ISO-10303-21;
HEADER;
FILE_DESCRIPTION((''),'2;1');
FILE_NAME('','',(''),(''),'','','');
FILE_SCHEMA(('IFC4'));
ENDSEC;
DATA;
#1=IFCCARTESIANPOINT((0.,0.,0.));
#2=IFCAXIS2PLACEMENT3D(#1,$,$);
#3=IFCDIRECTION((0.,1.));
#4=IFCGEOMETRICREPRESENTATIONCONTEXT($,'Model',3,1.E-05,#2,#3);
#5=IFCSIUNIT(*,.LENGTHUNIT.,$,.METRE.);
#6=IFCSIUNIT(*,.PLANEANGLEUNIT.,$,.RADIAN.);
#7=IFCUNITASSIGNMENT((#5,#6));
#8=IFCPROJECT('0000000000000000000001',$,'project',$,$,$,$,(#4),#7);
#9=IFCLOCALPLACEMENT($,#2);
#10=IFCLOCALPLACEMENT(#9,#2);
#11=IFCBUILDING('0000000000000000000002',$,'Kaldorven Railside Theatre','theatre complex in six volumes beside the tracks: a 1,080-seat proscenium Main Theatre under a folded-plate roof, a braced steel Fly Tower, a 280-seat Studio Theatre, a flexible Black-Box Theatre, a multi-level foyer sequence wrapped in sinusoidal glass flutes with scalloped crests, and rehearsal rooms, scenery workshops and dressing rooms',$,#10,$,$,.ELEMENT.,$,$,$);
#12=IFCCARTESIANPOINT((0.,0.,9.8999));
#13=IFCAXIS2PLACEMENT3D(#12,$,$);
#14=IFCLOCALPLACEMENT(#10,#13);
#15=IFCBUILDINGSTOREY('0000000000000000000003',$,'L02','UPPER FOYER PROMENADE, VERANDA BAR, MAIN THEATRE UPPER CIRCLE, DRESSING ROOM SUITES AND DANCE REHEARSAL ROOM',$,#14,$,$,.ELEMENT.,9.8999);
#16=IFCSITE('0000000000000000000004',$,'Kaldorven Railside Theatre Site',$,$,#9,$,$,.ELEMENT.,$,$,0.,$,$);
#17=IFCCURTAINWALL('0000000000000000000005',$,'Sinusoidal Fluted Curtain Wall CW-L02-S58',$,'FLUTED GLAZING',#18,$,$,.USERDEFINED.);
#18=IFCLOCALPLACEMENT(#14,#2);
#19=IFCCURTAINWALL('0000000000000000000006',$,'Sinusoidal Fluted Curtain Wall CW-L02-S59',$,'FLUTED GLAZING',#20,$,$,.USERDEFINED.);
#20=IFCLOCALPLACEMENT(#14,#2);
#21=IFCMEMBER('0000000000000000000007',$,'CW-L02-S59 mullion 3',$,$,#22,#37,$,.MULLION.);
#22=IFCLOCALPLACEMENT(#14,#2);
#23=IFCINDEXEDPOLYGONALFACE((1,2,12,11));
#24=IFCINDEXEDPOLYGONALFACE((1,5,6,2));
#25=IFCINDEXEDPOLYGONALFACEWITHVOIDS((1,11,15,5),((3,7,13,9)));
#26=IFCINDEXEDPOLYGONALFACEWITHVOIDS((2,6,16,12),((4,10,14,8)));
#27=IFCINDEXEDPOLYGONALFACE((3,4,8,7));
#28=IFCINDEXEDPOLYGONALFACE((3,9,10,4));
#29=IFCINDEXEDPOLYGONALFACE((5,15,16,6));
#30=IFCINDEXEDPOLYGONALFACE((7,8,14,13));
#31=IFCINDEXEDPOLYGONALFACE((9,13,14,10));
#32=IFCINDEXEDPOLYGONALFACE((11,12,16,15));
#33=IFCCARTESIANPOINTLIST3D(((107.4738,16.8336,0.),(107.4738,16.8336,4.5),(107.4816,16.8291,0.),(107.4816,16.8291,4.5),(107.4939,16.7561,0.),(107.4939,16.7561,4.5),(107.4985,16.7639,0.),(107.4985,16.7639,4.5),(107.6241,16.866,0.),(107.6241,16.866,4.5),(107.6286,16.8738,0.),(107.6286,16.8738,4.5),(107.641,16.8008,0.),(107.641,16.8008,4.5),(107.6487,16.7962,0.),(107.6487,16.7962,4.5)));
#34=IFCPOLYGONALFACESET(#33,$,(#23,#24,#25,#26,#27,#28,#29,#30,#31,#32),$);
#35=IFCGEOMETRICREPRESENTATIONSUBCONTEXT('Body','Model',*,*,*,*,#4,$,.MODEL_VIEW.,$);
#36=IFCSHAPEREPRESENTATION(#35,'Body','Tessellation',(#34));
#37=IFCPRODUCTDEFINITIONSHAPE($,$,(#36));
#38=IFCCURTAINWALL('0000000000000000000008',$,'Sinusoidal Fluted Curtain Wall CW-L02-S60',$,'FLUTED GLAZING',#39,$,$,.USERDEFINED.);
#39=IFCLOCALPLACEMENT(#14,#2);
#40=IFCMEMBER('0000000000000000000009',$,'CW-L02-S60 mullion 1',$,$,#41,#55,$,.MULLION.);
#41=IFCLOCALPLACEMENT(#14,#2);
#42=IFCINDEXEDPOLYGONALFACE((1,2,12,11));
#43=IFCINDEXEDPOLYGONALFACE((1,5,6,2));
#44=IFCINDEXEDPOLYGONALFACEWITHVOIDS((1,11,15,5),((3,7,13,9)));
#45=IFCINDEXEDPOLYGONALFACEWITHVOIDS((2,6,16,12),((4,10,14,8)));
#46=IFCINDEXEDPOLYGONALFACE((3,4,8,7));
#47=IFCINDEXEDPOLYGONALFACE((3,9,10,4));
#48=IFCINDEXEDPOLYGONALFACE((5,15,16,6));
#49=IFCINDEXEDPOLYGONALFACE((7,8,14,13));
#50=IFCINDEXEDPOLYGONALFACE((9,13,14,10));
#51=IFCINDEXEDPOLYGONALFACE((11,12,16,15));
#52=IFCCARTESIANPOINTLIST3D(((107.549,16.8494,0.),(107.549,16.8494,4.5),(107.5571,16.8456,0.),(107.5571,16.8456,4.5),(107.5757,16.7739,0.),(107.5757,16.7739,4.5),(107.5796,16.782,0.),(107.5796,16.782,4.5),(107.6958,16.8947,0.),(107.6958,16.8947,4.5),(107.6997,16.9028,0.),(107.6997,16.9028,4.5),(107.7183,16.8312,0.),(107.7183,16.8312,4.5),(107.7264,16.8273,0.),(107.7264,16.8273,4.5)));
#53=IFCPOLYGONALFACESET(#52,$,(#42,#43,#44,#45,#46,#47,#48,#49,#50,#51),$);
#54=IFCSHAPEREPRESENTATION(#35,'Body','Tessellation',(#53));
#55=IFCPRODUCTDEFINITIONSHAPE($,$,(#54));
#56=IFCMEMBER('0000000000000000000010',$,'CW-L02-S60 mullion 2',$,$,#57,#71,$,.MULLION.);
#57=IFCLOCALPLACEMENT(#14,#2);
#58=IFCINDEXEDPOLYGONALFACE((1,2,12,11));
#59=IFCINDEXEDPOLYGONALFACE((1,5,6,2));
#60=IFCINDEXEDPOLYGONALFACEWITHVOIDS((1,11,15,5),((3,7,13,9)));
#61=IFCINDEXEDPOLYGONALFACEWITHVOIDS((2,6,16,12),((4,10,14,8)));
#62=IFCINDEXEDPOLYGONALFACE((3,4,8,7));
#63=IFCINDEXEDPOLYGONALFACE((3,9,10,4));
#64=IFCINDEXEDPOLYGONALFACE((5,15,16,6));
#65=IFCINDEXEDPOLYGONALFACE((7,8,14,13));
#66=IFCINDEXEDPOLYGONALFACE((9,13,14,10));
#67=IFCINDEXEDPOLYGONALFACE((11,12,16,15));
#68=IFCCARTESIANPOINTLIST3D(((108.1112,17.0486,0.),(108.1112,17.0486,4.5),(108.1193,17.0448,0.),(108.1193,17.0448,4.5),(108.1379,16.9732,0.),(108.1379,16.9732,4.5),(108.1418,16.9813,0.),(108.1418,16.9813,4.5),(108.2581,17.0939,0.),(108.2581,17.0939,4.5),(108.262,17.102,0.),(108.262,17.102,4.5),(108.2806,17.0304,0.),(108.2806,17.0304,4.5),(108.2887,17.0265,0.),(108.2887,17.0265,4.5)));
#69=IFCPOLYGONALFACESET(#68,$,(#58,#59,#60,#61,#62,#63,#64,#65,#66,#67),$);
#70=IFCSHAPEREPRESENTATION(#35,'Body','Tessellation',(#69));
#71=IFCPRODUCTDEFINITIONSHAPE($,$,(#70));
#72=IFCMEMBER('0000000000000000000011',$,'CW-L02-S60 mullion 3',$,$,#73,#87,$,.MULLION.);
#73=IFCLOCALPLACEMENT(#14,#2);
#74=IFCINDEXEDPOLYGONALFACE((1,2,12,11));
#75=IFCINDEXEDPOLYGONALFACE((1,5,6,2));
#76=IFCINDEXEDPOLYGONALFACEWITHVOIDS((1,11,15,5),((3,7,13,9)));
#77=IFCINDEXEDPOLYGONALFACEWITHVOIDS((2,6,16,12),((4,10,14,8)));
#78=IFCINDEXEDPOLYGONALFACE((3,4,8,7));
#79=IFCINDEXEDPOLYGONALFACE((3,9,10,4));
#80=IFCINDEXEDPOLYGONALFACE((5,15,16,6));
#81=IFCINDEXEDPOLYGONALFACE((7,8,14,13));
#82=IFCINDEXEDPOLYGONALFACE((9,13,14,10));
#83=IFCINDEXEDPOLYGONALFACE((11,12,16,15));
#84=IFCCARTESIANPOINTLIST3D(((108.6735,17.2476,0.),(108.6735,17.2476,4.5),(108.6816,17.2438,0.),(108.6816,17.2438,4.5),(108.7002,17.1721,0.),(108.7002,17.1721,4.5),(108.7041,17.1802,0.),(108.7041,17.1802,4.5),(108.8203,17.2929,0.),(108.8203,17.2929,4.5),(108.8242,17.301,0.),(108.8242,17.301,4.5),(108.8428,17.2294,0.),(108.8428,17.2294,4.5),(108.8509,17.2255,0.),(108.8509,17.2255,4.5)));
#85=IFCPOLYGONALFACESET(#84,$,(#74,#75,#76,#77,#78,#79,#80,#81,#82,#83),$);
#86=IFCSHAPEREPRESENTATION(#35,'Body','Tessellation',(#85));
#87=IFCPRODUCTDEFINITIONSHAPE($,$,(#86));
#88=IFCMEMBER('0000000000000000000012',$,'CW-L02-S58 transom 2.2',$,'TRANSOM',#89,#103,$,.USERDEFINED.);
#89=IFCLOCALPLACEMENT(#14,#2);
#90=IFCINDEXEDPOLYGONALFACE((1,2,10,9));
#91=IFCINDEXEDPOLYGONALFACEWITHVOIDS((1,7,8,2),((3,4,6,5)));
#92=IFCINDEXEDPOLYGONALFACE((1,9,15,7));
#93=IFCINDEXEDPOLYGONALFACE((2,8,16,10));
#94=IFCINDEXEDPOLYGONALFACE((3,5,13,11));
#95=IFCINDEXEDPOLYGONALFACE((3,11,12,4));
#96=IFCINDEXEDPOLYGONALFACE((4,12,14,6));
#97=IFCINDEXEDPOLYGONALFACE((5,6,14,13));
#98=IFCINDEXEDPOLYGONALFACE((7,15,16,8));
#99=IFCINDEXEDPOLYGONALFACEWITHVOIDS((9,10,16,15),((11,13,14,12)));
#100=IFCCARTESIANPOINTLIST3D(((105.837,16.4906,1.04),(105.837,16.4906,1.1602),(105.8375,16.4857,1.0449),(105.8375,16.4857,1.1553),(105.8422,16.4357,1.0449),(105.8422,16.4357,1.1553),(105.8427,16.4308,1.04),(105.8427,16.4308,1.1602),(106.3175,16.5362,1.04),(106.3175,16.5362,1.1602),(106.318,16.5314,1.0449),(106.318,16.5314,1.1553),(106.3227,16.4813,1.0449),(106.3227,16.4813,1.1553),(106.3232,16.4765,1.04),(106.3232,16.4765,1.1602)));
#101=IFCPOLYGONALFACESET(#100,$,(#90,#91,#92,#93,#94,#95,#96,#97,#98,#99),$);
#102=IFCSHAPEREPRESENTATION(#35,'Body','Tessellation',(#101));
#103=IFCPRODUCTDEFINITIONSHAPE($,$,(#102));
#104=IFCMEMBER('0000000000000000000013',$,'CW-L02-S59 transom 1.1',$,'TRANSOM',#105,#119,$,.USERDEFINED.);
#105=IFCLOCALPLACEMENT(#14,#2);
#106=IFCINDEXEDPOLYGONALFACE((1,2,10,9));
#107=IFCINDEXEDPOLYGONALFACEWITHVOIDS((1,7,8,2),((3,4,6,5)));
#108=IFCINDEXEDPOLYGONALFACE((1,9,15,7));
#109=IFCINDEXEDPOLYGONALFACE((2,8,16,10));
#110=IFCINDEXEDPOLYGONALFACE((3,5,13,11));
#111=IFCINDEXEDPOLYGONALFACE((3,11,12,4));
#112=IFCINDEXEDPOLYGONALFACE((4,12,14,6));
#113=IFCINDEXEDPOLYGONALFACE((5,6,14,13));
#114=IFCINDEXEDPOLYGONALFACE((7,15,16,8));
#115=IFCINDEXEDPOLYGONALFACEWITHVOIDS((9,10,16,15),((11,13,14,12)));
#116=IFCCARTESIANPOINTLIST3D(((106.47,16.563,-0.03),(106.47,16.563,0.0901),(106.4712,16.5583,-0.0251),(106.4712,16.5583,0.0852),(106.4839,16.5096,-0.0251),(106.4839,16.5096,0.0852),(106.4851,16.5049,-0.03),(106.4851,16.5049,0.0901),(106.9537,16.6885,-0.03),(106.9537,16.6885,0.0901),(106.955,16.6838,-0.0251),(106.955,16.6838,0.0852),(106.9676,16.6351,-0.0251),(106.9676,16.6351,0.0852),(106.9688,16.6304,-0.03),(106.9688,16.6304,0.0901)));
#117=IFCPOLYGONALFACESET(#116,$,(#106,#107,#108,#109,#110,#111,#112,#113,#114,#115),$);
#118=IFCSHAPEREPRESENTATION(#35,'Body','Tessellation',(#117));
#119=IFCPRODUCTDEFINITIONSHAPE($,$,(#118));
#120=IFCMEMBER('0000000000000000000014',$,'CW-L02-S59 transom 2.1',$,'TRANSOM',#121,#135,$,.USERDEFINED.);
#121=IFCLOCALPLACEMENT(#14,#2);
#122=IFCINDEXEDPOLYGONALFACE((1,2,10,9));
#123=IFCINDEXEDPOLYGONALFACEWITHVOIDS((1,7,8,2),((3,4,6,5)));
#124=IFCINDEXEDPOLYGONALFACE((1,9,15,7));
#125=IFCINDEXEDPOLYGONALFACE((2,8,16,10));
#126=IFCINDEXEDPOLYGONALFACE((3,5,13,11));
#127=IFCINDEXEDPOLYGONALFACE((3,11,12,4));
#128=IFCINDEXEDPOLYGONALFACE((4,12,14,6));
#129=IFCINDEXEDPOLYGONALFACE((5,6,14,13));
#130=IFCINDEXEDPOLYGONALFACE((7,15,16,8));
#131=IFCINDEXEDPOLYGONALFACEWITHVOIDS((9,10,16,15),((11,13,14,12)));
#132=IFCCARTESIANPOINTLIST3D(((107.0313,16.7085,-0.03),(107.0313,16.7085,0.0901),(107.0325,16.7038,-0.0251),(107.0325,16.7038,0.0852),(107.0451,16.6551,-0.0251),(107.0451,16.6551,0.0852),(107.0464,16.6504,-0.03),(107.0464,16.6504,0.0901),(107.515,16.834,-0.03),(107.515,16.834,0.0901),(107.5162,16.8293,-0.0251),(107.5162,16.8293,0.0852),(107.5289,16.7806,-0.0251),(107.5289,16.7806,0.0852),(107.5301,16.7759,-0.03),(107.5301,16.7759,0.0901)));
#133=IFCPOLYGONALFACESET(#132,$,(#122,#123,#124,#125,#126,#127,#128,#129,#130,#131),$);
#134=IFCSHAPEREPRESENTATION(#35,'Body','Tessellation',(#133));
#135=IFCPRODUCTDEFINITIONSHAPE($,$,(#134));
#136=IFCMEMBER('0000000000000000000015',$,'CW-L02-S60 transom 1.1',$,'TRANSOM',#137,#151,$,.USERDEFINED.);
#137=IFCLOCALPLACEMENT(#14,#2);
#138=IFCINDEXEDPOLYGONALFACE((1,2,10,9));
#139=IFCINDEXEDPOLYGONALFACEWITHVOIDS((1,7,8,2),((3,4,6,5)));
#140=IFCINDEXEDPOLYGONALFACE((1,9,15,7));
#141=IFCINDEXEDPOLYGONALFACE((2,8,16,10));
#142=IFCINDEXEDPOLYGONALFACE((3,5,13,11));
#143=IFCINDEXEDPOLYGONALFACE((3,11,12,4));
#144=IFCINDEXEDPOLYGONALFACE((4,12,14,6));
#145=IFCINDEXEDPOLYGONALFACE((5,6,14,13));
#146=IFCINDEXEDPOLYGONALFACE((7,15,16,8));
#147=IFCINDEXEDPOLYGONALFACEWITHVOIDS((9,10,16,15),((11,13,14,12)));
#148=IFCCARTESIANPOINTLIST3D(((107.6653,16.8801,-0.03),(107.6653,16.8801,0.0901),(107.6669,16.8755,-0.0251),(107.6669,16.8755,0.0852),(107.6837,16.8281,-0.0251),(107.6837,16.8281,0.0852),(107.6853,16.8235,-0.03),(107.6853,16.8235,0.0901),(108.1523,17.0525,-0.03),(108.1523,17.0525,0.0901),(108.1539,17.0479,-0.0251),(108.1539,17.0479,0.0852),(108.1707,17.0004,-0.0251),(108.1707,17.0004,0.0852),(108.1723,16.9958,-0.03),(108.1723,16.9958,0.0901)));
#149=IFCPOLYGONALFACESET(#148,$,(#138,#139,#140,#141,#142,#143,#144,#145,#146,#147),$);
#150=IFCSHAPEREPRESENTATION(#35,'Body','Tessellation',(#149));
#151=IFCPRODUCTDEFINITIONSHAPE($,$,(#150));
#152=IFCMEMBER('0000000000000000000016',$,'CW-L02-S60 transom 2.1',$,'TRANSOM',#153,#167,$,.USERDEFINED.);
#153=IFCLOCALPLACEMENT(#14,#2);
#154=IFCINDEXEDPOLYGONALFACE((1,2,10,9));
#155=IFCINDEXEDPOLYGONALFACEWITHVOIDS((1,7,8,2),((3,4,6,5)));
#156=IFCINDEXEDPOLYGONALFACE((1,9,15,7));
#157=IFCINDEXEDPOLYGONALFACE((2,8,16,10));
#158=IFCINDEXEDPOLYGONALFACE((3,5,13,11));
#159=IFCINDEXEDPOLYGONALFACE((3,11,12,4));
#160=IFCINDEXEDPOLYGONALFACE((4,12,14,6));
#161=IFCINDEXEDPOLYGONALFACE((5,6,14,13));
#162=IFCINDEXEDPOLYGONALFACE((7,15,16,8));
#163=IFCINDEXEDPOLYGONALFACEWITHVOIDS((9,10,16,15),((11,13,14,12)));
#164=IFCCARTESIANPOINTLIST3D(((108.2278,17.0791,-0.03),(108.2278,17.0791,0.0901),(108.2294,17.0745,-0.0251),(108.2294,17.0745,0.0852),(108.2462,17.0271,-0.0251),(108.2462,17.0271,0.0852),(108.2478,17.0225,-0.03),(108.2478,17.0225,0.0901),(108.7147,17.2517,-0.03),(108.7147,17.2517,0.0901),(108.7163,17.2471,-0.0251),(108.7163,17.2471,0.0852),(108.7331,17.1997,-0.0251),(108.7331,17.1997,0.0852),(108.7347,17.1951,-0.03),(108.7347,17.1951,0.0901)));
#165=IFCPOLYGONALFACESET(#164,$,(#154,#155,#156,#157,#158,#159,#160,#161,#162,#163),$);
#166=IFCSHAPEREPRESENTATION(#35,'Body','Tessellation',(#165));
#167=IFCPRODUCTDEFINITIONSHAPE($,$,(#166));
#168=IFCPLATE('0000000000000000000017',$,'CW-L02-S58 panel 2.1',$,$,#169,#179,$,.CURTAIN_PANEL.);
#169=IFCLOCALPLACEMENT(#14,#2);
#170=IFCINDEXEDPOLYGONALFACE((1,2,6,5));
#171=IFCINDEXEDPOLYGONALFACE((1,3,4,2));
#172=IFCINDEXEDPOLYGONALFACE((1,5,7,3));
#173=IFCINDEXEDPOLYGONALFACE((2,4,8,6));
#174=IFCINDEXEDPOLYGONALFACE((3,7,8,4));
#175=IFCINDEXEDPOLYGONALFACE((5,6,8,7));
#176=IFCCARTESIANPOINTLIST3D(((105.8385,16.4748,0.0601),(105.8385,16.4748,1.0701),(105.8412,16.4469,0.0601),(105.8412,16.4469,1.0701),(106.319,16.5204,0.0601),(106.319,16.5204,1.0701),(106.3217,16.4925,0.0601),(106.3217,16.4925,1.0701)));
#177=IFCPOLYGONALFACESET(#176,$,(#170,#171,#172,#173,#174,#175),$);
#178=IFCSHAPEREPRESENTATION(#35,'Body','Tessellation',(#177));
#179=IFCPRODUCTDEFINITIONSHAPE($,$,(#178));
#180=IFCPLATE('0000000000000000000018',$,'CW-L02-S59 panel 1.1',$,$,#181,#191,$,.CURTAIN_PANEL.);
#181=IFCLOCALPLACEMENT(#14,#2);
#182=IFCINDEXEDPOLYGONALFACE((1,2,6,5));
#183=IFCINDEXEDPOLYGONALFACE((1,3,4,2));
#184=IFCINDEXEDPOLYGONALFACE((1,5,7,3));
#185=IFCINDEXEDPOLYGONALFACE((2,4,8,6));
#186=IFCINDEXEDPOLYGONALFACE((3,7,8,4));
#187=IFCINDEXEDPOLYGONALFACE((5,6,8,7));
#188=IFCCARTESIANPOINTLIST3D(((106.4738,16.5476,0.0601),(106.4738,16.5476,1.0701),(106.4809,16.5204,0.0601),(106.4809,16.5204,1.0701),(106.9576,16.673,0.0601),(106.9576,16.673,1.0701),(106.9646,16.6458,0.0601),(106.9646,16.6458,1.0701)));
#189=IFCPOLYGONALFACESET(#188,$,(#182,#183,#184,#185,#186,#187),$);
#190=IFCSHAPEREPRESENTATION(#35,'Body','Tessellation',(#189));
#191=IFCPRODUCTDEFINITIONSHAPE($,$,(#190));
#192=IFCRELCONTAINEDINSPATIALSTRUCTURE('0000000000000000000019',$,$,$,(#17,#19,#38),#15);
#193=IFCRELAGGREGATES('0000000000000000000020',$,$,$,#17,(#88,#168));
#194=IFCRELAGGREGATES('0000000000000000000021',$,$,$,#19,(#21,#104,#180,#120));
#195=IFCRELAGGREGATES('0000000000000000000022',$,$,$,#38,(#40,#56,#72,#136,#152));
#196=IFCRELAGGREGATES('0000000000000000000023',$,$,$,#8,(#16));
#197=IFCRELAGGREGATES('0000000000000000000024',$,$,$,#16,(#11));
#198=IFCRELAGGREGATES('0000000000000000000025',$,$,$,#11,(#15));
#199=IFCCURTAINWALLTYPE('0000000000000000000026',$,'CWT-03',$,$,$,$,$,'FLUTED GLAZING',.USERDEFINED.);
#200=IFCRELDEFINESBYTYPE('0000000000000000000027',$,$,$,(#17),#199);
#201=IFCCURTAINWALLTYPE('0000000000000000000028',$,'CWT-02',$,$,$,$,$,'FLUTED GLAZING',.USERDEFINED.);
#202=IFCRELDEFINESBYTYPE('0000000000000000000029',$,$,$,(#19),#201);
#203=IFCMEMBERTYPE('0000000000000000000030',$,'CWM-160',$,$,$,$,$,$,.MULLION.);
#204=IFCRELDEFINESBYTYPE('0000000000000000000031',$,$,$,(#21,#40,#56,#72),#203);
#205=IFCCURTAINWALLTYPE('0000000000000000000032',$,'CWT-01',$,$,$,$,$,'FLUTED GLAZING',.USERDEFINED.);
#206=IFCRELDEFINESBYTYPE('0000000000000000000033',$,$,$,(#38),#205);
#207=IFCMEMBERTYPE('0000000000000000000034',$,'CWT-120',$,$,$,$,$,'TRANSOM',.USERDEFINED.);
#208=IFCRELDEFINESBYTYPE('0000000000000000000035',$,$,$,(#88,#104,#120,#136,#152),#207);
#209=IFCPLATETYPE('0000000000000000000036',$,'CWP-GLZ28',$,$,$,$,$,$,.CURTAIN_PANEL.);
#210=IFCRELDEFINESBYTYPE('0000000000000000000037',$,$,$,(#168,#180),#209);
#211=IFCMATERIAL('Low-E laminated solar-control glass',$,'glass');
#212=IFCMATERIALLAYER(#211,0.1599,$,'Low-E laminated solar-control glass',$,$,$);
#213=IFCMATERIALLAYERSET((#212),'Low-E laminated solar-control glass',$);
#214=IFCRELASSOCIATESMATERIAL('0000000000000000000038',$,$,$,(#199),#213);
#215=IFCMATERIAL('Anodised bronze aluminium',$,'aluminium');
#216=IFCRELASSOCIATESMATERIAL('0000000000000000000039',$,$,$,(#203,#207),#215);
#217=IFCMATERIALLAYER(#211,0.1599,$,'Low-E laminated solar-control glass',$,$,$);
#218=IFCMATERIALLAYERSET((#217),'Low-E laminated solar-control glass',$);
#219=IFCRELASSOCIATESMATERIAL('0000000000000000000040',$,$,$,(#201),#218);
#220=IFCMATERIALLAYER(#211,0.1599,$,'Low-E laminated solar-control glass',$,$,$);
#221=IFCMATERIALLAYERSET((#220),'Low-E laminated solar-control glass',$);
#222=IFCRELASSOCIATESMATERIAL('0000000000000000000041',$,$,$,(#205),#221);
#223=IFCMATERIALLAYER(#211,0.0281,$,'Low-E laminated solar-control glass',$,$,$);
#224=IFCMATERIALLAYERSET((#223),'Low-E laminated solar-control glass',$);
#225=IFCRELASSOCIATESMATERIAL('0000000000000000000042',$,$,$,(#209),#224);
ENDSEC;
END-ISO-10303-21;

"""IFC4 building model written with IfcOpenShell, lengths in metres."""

from ifc_helpers import new_model, si_unit, direction, frame, origin, origin_2d, place, context, subcontext, project, spatial, rectangle, hollow_rectangle, extrude, material, layer, layer_set, material_profile, profile_set, type_object, element, aggregate, save


model = new_model("IFC4")

# Units and contexts
model_context = context("Model", 3, precision=1e-05, world=origin(), true_north=direction((0.0, 1.0)))
body_context = subcontext(model_context, "Body", "Model", "MODEL_VIEW")
ifc_project = project(units=[si_unit("LENGTHUNIT", "METRE"), si_unit("PLANEANGLEUNIT", "RADIAN")], contexts=[model_context])

# Site, building, storey
site_placement = place(None, origin())
site = spatial("IfcSite", under=ifc_project, at=site_placement, Name="Kaldorven Railside Theatre Site", CompositionType="ELEMENT", RefElevation=0.0)
building_placement = place(site_placement, origin())
building = spatial("IfcBuilding", under=site, at=building_placement, Name="Kaldorven Railside Theatre", Description="theatre complex in six volumes beside the tracks: a 1,080-seat proscenium Main Theatre under a folded-plate roof, a braced steel Fly Tower, a 280-seat Studio Theatre, a flexible Black-Box Theatre, a multi-level foyer sequence wrapped in sinusoidal glass flutes with scalloped crests, and rehearsal rooms, scenery workshops and dressing rooms", CompositionType="ELEMENT")
storey_placement = place(building_placement, frame((0.0, 0.0, 9.8999)))
storey = spatial("IfcBuildingStorey", under=building, at=storey_placement, Name="L02", Description="UPPER FOYER PROMENADE, VERANDA BAR, MAIN THEATRE UPPER CIRCLE, DRESSING ROOM SUITES AND DANCE REHEARSAL ROOM", CompositionType="ELEMENT", Elevation=9.8999)

# Curtain wall
ifc_material_1 = material(Name="Low-E laminated solar-control glass", Category="glass")
ifc_layer_1 = layer(ifc_material_1, 0.1599, Name="Low-E laminated solar-control glass")
ifc_layer_set_1 = layer_set([ifc_layer_1], Name="Low-E laminated solar-control glass")
curtain_wall_type_1 = type_object("IfcCurtainWallType", Name="CWT-03", ElementType="FLUTED GLAZING", PredefinedType="USERDEFINED", material=ifc_layer_set_1)
curtain_wall_1_placement = place(storey_placement, origin())
curtain_wall_1 = element("IfcCurtainWall", 1, at=curtain_wall_1_placement, inside=storey, type_object=curtain_wall_type_1, Name="Sinusoidal Fluted Curtain Wall CW-L02-S58", ObjectType="FLUTED GLAZING", PredefinedType="USERDEFINED")
ifc_material_2 = material(Name="Anodised bronze aluminium", Category="aluminium")
ifc_material_profile_1 = material_profile(ifc_material_2, hollow_rectangle(XDim=0.0801, YDim=0.1599, WallThickness=0.0063, at=origin_2d()), Name="RHS 160x80x6.3")
ifc_profile_set_1 = profile_set([ifc_material_profile_1], Name="Anodised bronze aluminium")
member_type_1 = type_object("IfcMemberType", Name="CWM-160", PredefinedType="MULLION", material=ifc_profile_set_1)

# Curtain walls, members
ifc_layer_2 = layer(ifc_material_1, 0.1599, Name="Low-E laminated solar-control glass")
ifc_layer_set_2 = layer_set([ifc_layer_2], Name="Low-E laminated solar-control glass")
curtain_wall_type_2 = type_object("IfcCurtainWallType", Name="CWT-02", ElementType="FLUTED GLAZING", PredefinedType="USERDEFINED", material=ifc_layer_set_2)
curtain_wall_2_placement = place(storey_placement, origin())
curtain_wall_2 = element("IfcCurtainWall", 2, at=curtain_wall_2_placement, inside=storey, type_object=curtain_wall_type_2, Name="Sinusoidal Fluted Curtain Wall CW-L02-S59", ObjectType="FLUTED GLAZING", PredefinedType="USERDEFINED")
member_1_placement = place(storey_placement, frame((107.5613, 16.8149, 0.0), z_axis=(0.0, 0.0, 1.0), x_axis=(-0.250954, 0.967999, 0.0)))
member_1 = element("IfcMember", 3, at=member_1_placement, type_object=member_type_1, Name="CW-L02-S59 mullion 3", PredefinedType="MULLION", context=body_context, shape_type="SweptSolid", body=[
    extrude(hollow_rectangle(XDim=0.0801, YDim=0.1599, WallThickness=0.0063, at=origin_2d()), origin(), (0.0, 0.0, 1.0), 4.5),
])
ifc_layer_3 = layer(ifc_material_1, 0.1599, Name="Low-E laminated solar-control glass")
ifc_layer_set_3 = layer_set([ifc_layer_3], Name="Low-E laminated solar-control glass")
curtain_wall_type_3 = type_object("IfcCurtainWallType", Name="CWT-01", ElementType="FLUTED GLAZING", PredefinedType="USERDEFINED", material=ifc_layer_set_3)
curtain_wall_3_placement = place(storey_placement, origin())
curtain_wall_3 = element("IfcCurtainWall", 4, at=curtain_wall_3_placement, inside=storey, type_object=curtain_wall_type_3, Name="Sinusoidal Fluted Curtain Wall CW-L02-S60", ObjectType="FLUTED GLAZING", PredefinedType="USERDEFINED")
member_2_placement = place(storey_placement, frame((107.6377, 16.8384, 0.0), z_axis=(0.0, 0.0, 1.0), x_axis=(-0.333847, 0.942627, 0.0)))
member_2 = element("IfcMember", 5, at=member_2_placement, type_object=member_type_1, Name="CW-L02-S60 mullion 1", PredefinedType="MULLION", context=body_context, shape_type="SweptSolid", body=[
    extrude(hollow_rectangle(XDim=0.0801, YDim=0.1599, WallThickness=0.0063, at=origin_2d()), origin(), (0.0, 0.0, 1.0), 4.5),
])
member_3_placement = place(storey_placement, frame((108.2, 17.0376, 0.0), z_axis=(0.0, 0.0, 1.0), x_axis=(-0.333847, 0.942627, 0.0)))
member_3 = element("IfcMember", 6, at=member_3_placement, type_object=member_type_1, Name="CW-L02-S60 mullion 2", PredefinedType="MULLION", context=body_context, shape_type="SweptSolid", body=[
    extrude(hollow_rectangle(XDim=0.0801, YDim=0.1599, WallThickness=0.0063, at=origin_2d()), origin(), (0.0, 0.0, 1.0), 4.5),
])
member_4_placement = place(storey_placement, frame((108.7622, 17.2366, 0.0), z_axis=(0.0, 0.0, 1.0), x_axis=(-0.333847, 0.942627, 0.0)))
member_4 = element("IfcMember", 7, at=member_4_placement, type_object=member_type_1, Name="CW-L02-S60 mullion 3", PredefinedType="MULLION", context=body_context, shape_type="SweptSolid", body=[
    extrude(hollow_rectangle(XDim=0.0801, YDim=0.1599, WallThickness=0.0063, at=origin_2d()), origin(), (0.0, 0.0, 1.0), 4.5),
])

# Members
ifc_material_profile_2 = material_profile(ifc_material_2, hollow_rectangle(XDim=0.0601, YDim=0.1201, WallThickness=0.0049, at=origin_2d()), Name="RHS 120x60x5")
ifc_profile_set_2 = profile_set([ifc_material_profile_2], Name="Anodised bronze aluminium")
member_type_2 = type_object("IfcMemberType", Name="CWT-120", ElementType="TRANSOM", PredefinedType="USERDEFINED", material=ifc_profile_set_2)
member_5_placement = place(storey_placement, frame((105.8398, 16.4607, 1.1001), z_axis=(0.995516, 0.094594, 0.0), x_axis=(-0.094594, 0.995516, 0.0)))
member_5 = element("IfcMember", 8, at=member_5_placement, type_object=member_type_2, Name="CW-L02-S58 transom 2.2", ObjectType="TRANSOM", PredefinedType="USERDEFINED", context=body_context, shape_type="SweptSolid", body=[
    extrude(hollow_rectangle(XDim=0.0601, YDim=0.1201, WallThickness=0.0049, at=origin_2d()), origin(), (0.0, 0.0, 1.0), 0.4827),
])
member_6_placement = place(storey_placement, frame((106.4775, 16.5339, 0.03), z_axis=(0.967949, 0.251149, 0.0), x_axis=(-0.251149, 0.967949, 0.0)))
member_6 = element("IfcMember", 9, at=member_6_placement, type_object=member_type_2, Name="CW-L02-S59 transom 1.1", ObjectType="TRANSOM", PredefinedType="USERDEFINED", context=body_context, shape_type="SweptSolid", body=[
    extrude(hollow_rectangle(XDim=0.0601, YDim=0.1201, WallThickness=0.0049, at=origin_2d()), origin(), (0.0, 0.0, 1.0), 0.4998),
])
member_7_placement = place(storey_placement, frame((107.0388, 16.6794, 0.03), z_axis=(0.967949, 0.251149, 0.0), x_axis=(-0.251149, 0.967949, 0.0)))
member_7 = element("IfcMember", 10, at=member_7_placement, type_object=member_type_2, Name="CW-L02-S59 transom 2.1", ObjectType="TRANSOM", PredefinedType="USERDEFINED", context=body_context, shape_type="SweptSolid", body=[
    extrude(hollow_rectangle(XDim=0.0601, YDim=0.1201, WallThickness=0.0049, at=origin_2d()), origin(), (0.0, 0.0, 1.0), 0.4998),
])
member_8_placement = place(storey_placement, frame((107.6753, 16.8518, 0.03), z_axis=(0.942711, 0.333611, 0.0), x_axis=(-0.333611, 0.942711, 0.0)))
member_8 = element("IfcMember", 11, at=member_8_placement, type_object=member_type_2, Name="CW-L02-S60 transom 1.1", ObjectType="TRANSOM", PredefinedType="USERDEFINED", context=body_context, shape_type="SweptSolid", body=[
    extrude(hollow_rectangle(XDim=0.0601, YDim=0.1201, WallThickness=0.0049, at=origin_2d()), origin(), (0.0, 0.0, 1.0), 0.5166),
])
member_9_placement = place(storey_placement, frame((108.2378, 17.0508, 0.03), z_axis=(0.942509, 0.33418, 0.0), x_axis=(-0.33418, 0.942509, 0.0)))
member_9 = element("IfcMember", 12, at=member_9_placement, type_object=member_type_2, Name="CW-L02-S60 transom 2.1", ObjectType="TRANSOM", PredefinedType="USERDEFINED", context=body_context, shape_type="SweptSolid", body=[
    extrude(hollow_rectangle(XDim=0.0601, YDim=0.1201, WallThickness=0.0049, at=origin_2d()), origin(), (0.0, 0.0, 1.0), 0.5166),
])

# Plates
ifc_layer_4 = layer(ifc_material_1, 0.0281, Name="Low-E laminated solar-control glass")
ifc_layer_set_4 = layer_set([ifc_layer_4], Name="Low-E laminated solar-control glass")
plate_type = type_object("IfcPlateType", Name="CWP-GLZ28", PredefinedType="CURTAIN_PANEL", material=ifc_layer_set_4)
plate_1_placement = place(storey_placement, frame((106.0801, 16.4836, 0.0601), z_axis=(0.0, 0.0, 1.0), x_axis=(0.995526, 0.094492, 0.0)))
plate_1 = element("IfcPlate", 13, at=plate_1_placement, type_object=plate_type, Name="CW-L02-S58 panel 2.1", PredefinedType="CURTAIN_PANEL", context=body_context, shape_type="SweptSolid", body=[
    extrude(rectangle(XDim=0.4827, YDim=0.0281, at=origin_2d()), origin(), (0.0, 0.0, 1.0), 1.01),
])
aggregate(curtain_wall_1, [member_5, plate_1])
plate_2_placement = place(storey_placement, frame((106.7192, 16.5967, 0.0601), z_axis=(0.0, 0.0, 1.0), x_axis=(0.967999, 0.250954, 0.0)))
plate_2 = element("IfcPlate", 14, at=plate_2_placement, type_object=plate_type, Name="CW-L02-S59 panel 1.1", PredefinedType="CURTAIN_PANEL", context=body_context, shape_type="SweptSolid", body=[
    extrude(rectangle(XDim=0.4998, YDim=0.0281, at=origin_2d()), origin(), (0.0, 0.0, 1.0), 1.01),
])
aggregate(curtain_wall_2, [member_1, member_6, plate_2, member_7])
aggregate(curtain_wall_3, [member_2, member_3, member_4, member_8, member_9])

save(model, "model.ifc")
